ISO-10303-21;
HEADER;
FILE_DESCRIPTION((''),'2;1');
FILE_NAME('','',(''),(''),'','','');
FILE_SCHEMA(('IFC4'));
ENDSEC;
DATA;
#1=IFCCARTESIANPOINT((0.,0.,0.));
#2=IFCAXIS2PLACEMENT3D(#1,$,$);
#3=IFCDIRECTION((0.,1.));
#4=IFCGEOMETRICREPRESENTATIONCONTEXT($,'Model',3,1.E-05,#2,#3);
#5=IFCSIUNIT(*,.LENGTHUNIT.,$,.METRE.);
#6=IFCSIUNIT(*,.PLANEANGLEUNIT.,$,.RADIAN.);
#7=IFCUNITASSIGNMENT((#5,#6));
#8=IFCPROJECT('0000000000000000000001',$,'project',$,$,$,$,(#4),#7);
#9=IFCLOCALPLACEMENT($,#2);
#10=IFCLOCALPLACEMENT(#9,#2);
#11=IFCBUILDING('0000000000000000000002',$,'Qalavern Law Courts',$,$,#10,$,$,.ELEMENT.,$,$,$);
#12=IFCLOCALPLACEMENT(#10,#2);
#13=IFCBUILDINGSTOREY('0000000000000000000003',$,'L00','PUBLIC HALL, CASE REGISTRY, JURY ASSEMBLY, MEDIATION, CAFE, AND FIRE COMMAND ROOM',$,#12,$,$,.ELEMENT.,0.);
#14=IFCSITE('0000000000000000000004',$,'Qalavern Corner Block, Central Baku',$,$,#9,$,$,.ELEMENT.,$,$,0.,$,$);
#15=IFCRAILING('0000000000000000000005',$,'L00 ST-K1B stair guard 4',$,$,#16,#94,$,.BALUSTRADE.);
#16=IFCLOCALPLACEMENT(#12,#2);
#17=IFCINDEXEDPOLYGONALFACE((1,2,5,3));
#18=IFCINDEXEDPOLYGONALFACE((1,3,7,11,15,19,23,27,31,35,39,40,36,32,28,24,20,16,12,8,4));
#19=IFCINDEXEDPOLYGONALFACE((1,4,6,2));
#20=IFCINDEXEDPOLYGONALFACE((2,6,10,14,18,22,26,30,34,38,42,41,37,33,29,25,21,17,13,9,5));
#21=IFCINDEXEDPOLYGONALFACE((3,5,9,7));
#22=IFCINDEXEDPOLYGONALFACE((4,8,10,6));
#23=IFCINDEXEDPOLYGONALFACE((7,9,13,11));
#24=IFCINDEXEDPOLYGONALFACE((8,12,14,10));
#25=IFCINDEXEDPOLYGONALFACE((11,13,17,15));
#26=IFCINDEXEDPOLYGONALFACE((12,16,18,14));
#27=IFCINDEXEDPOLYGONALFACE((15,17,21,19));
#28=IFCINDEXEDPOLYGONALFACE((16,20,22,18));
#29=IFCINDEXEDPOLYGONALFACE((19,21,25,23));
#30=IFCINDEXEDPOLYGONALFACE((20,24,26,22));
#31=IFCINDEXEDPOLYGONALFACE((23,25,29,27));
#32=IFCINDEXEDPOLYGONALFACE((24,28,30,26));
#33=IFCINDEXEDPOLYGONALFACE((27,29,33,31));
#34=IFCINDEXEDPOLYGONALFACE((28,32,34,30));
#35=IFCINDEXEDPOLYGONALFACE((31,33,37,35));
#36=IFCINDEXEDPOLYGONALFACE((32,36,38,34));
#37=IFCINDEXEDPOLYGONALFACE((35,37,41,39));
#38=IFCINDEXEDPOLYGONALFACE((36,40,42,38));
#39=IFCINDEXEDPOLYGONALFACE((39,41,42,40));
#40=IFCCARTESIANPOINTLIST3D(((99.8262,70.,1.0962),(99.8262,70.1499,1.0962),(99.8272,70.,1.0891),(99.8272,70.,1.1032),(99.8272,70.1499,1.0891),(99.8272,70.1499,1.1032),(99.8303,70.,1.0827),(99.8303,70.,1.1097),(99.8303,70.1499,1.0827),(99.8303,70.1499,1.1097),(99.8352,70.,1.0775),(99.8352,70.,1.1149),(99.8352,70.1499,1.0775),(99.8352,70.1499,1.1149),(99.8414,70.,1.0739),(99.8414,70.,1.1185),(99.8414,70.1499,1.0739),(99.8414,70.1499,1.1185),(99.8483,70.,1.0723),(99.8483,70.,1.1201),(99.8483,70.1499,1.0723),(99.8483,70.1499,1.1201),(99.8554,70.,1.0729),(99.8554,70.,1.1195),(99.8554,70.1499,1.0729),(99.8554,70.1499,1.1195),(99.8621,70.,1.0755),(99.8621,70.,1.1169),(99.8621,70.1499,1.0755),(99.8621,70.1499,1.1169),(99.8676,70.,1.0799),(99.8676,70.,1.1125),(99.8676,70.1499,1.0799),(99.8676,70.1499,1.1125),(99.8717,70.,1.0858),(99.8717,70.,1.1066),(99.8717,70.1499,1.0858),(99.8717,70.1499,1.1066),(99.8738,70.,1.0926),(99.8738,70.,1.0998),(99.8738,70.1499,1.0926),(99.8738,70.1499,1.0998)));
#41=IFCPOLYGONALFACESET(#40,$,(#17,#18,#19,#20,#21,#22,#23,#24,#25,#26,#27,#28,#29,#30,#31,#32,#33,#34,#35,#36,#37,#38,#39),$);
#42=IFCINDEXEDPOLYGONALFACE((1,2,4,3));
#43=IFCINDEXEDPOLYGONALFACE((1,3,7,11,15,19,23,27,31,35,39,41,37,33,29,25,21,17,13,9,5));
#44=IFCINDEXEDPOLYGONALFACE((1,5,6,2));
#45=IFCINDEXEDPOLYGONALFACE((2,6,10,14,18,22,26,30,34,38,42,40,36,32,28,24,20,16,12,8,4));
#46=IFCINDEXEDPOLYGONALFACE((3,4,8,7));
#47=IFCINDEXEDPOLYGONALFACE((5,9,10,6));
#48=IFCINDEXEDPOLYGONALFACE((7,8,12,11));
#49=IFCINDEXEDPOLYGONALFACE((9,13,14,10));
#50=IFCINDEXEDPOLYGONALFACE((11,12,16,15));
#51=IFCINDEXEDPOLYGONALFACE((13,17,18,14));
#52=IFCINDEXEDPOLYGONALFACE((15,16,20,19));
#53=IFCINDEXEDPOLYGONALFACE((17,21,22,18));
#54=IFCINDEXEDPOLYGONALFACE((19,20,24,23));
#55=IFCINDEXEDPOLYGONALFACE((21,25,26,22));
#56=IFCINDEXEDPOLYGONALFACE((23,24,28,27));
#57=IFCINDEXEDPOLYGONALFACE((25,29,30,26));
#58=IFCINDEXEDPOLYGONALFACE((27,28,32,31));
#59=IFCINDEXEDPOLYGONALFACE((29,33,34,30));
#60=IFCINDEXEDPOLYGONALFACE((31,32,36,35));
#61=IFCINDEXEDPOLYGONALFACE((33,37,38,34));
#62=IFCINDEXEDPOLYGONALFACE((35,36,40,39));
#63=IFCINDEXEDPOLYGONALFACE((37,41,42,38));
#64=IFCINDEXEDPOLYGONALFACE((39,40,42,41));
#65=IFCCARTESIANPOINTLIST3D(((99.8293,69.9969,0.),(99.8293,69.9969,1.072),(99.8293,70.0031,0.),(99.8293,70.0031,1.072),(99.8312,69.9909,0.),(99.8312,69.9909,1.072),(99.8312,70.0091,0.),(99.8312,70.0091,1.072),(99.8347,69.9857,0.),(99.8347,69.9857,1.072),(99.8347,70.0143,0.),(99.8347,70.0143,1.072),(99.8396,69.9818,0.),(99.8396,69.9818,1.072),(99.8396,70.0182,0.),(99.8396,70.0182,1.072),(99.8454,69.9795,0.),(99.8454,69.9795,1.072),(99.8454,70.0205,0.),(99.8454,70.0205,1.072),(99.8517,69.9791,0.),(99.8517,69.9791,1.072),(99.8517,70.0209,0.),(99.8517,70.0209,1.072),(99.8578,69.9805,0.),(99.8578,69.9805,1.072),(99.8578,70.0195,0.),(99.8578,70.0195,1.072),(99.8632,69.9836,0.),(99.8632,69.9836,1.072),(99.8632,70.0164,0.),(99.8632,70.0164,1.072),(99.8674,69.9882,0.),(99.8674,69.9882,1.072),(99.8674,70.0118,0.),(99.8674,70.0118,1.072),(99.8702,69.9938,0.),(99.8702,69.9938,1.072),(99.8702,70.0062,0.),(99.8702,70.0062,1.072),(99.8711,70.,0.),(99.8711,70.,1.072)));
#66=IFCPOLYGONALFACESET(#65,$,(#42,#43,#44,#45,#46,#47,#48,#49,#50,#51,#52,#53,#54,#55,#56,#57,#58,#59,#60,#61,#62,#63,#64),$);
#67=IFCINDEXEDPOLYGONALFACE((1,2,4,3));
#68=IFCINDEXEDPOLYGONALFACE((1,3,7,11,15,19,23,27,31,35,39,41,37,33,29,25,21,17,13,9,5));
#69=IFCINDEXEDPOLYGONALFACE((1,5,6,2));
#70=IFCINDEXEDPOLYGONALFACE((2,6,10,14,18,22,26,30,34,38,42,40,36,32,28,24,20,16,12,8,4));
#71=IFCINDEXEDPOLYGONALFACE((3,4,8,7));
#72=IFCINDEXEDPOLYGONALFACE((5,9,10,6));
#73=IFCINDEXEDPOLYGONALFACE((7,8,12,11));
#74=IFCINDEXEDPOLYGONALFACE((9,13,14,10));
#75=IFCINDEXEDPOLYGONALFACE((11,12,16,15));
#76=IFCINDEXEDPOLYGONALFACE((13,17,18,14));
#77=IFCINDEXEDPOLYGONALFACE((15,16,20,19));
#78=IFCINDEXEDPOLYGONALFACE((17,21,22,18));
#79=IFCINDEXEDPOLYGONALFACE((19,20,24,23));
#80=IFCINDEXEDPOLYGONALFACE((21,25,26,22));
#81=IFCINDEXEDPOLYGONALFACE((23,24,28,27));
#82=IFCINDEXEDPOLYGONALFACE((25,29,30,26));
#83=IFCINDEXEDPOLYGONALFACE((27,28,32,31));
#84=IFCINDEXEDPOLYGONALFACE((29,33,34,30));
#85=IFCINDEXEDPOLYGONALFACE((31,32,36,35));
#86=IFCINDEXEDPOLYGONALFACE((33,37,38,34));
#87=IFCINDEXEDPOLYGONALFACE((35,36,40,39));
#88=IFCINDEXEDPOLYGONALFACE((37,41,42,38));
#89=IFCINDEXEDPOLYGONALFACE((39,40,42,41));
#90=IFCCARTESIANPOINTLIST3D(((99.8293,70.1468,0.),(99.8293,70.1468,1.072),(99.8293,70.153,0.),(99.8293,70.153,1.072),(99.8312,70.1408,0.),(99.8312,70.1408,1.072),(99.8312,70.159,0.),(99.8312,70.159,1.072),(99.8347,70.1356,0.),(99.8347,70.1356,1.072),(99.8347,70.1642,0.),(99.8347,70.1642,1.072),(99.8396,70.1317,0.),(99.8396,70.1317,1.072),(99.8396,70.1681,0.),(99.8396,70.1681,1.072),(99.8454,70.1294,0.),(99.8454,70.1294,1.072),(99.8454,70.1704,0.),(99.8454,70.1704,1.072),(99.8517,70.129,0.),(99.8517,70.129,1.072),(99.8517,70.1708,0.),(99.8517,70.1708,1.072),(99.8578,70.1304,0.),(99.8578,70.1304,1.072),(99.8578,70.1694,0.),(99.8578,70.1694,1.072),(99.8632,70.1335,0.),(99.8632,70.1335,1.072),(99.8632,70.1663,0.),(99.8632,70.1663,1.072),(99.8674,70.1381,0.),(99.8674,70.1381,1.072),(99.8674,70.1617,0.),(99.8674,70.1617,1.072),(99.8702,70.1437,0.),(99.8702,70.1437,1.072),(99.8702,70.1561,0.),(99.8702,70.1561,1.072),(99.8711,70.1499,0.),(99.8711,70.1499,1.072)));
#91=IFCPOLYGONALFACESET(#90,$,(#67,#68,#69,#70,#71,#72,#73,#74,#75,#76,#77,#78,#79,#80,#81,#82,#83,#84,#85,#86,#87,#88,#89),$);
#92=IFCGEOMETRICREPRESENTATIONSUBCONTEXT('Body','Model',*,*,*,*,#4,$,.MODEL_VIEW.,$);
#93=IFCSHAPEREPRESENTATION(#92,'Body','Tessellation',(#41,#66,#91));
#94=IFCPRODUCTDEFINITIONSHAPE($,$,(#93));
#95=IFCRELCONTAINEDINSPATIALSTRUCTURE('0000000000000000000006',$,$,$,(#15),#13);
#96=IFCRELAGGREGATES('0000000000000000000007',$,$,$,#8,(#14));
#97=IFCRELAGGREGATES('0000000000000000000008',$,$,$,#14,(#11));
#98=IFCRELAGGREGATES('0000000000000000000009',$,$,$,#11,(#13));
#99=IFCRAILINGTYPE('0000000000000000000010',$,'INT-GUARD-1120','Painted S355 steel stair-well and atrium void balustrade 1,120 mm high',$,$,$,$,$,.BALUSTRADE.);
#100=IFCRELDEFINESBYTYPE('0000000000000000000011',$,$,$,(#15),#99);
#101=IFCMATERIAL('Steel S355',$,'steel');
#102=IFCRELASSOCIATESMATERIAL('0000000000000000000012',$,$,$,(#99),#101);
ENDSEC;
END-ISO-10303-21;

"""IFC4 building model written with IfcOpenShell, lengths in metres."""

from ifc_helpers import new_model, si_unit, direction, frame, origin, origin_2d, place, context, subcontext, project, spatial, circle, extrude, material, type_object, element, save


model = new_model("IFC4")

# Units and contexts
model_context = context("Model", 3, precision=1e-05, world=origin(), true_north=direction((0.0, 1.0)))
body_context = subcontext(model_context, "Body", "Model", "MODEL_VIEW")
ifc_project = project(units=[si_unit("LENGTHUNIT", "METRE"), si_unit("PLANEANGLEUNIT", "RADIAN")], contexts=[model_context])

# Site, building, storey
site_placement = place(None, origin())
site = spatial("IfcSite", under=ifc_project, at=site_placement, Name="Qalavern Corner Block, Central Baku", CompositionType="ELEMENT", RefElevation=0.0)
building_placement = place(site_placement, origin())
building = spatial("IfcBuilding", under=site, at=building_placement, Name="Qalavern Law Courts", CompositionType="ELEMENT")
storey_placement = place(building_placement, origin())
storey = spatial("IfcBuildingStorey", under=building, at=storey_placement, Name="L00", Description="PUBLIC HALL, CASE REGISTRY, JURY ASSEMBLY, MEDIATION, CAFE, AND FIRE COMMAND ROOM", CompositionType="ELEMENT", Elevation=0.0)

# Shared definitions
ifc_material_1 = material(Name="Steel S355", Category="steel")

# Railing
railing_type_1 = type_object("IfcRailingType", Name="INT-GUARD-1120", Description="Painted S355 steel stair-well and atrium void balustrade 1,120 mm high", PredefinedType="BALUSTRADE", material=ifc_material_1)
railing_1_placement = place(storey_placement, frame((99.8501, 70.0, 0.0)))
element("IfcRailing", 1, at=railing_1_placement, inside=storey, type_object=railing_type_1, Name="L00 ST-K1B stair guard 4", PredefinedType="BALUSTRADE", context=body_context, shape_type="SweptSolid", body=[
    extrude(circle(Radius=0.0239, at=origin_2d()), frame((0.0, 0.0, 1.0962), z_axis=(0.0, 1.0, 0.0), x_axis=(-1.0, 0.0, 0.0)), (0.0, 0.0, 1.0), 0.1499),
    extrude(circle(Radius=0.021, at=origin_2d()), origin(), (0.0, 0.0, 1.0), 1.072),
    extrude(circle(Radius=0.021, at=origin_2d()), frame((0.0, 0.1499, 0.0)), (0.0, 0.0, 1.0), 1.072),
])

save(model, "model.ifc")
